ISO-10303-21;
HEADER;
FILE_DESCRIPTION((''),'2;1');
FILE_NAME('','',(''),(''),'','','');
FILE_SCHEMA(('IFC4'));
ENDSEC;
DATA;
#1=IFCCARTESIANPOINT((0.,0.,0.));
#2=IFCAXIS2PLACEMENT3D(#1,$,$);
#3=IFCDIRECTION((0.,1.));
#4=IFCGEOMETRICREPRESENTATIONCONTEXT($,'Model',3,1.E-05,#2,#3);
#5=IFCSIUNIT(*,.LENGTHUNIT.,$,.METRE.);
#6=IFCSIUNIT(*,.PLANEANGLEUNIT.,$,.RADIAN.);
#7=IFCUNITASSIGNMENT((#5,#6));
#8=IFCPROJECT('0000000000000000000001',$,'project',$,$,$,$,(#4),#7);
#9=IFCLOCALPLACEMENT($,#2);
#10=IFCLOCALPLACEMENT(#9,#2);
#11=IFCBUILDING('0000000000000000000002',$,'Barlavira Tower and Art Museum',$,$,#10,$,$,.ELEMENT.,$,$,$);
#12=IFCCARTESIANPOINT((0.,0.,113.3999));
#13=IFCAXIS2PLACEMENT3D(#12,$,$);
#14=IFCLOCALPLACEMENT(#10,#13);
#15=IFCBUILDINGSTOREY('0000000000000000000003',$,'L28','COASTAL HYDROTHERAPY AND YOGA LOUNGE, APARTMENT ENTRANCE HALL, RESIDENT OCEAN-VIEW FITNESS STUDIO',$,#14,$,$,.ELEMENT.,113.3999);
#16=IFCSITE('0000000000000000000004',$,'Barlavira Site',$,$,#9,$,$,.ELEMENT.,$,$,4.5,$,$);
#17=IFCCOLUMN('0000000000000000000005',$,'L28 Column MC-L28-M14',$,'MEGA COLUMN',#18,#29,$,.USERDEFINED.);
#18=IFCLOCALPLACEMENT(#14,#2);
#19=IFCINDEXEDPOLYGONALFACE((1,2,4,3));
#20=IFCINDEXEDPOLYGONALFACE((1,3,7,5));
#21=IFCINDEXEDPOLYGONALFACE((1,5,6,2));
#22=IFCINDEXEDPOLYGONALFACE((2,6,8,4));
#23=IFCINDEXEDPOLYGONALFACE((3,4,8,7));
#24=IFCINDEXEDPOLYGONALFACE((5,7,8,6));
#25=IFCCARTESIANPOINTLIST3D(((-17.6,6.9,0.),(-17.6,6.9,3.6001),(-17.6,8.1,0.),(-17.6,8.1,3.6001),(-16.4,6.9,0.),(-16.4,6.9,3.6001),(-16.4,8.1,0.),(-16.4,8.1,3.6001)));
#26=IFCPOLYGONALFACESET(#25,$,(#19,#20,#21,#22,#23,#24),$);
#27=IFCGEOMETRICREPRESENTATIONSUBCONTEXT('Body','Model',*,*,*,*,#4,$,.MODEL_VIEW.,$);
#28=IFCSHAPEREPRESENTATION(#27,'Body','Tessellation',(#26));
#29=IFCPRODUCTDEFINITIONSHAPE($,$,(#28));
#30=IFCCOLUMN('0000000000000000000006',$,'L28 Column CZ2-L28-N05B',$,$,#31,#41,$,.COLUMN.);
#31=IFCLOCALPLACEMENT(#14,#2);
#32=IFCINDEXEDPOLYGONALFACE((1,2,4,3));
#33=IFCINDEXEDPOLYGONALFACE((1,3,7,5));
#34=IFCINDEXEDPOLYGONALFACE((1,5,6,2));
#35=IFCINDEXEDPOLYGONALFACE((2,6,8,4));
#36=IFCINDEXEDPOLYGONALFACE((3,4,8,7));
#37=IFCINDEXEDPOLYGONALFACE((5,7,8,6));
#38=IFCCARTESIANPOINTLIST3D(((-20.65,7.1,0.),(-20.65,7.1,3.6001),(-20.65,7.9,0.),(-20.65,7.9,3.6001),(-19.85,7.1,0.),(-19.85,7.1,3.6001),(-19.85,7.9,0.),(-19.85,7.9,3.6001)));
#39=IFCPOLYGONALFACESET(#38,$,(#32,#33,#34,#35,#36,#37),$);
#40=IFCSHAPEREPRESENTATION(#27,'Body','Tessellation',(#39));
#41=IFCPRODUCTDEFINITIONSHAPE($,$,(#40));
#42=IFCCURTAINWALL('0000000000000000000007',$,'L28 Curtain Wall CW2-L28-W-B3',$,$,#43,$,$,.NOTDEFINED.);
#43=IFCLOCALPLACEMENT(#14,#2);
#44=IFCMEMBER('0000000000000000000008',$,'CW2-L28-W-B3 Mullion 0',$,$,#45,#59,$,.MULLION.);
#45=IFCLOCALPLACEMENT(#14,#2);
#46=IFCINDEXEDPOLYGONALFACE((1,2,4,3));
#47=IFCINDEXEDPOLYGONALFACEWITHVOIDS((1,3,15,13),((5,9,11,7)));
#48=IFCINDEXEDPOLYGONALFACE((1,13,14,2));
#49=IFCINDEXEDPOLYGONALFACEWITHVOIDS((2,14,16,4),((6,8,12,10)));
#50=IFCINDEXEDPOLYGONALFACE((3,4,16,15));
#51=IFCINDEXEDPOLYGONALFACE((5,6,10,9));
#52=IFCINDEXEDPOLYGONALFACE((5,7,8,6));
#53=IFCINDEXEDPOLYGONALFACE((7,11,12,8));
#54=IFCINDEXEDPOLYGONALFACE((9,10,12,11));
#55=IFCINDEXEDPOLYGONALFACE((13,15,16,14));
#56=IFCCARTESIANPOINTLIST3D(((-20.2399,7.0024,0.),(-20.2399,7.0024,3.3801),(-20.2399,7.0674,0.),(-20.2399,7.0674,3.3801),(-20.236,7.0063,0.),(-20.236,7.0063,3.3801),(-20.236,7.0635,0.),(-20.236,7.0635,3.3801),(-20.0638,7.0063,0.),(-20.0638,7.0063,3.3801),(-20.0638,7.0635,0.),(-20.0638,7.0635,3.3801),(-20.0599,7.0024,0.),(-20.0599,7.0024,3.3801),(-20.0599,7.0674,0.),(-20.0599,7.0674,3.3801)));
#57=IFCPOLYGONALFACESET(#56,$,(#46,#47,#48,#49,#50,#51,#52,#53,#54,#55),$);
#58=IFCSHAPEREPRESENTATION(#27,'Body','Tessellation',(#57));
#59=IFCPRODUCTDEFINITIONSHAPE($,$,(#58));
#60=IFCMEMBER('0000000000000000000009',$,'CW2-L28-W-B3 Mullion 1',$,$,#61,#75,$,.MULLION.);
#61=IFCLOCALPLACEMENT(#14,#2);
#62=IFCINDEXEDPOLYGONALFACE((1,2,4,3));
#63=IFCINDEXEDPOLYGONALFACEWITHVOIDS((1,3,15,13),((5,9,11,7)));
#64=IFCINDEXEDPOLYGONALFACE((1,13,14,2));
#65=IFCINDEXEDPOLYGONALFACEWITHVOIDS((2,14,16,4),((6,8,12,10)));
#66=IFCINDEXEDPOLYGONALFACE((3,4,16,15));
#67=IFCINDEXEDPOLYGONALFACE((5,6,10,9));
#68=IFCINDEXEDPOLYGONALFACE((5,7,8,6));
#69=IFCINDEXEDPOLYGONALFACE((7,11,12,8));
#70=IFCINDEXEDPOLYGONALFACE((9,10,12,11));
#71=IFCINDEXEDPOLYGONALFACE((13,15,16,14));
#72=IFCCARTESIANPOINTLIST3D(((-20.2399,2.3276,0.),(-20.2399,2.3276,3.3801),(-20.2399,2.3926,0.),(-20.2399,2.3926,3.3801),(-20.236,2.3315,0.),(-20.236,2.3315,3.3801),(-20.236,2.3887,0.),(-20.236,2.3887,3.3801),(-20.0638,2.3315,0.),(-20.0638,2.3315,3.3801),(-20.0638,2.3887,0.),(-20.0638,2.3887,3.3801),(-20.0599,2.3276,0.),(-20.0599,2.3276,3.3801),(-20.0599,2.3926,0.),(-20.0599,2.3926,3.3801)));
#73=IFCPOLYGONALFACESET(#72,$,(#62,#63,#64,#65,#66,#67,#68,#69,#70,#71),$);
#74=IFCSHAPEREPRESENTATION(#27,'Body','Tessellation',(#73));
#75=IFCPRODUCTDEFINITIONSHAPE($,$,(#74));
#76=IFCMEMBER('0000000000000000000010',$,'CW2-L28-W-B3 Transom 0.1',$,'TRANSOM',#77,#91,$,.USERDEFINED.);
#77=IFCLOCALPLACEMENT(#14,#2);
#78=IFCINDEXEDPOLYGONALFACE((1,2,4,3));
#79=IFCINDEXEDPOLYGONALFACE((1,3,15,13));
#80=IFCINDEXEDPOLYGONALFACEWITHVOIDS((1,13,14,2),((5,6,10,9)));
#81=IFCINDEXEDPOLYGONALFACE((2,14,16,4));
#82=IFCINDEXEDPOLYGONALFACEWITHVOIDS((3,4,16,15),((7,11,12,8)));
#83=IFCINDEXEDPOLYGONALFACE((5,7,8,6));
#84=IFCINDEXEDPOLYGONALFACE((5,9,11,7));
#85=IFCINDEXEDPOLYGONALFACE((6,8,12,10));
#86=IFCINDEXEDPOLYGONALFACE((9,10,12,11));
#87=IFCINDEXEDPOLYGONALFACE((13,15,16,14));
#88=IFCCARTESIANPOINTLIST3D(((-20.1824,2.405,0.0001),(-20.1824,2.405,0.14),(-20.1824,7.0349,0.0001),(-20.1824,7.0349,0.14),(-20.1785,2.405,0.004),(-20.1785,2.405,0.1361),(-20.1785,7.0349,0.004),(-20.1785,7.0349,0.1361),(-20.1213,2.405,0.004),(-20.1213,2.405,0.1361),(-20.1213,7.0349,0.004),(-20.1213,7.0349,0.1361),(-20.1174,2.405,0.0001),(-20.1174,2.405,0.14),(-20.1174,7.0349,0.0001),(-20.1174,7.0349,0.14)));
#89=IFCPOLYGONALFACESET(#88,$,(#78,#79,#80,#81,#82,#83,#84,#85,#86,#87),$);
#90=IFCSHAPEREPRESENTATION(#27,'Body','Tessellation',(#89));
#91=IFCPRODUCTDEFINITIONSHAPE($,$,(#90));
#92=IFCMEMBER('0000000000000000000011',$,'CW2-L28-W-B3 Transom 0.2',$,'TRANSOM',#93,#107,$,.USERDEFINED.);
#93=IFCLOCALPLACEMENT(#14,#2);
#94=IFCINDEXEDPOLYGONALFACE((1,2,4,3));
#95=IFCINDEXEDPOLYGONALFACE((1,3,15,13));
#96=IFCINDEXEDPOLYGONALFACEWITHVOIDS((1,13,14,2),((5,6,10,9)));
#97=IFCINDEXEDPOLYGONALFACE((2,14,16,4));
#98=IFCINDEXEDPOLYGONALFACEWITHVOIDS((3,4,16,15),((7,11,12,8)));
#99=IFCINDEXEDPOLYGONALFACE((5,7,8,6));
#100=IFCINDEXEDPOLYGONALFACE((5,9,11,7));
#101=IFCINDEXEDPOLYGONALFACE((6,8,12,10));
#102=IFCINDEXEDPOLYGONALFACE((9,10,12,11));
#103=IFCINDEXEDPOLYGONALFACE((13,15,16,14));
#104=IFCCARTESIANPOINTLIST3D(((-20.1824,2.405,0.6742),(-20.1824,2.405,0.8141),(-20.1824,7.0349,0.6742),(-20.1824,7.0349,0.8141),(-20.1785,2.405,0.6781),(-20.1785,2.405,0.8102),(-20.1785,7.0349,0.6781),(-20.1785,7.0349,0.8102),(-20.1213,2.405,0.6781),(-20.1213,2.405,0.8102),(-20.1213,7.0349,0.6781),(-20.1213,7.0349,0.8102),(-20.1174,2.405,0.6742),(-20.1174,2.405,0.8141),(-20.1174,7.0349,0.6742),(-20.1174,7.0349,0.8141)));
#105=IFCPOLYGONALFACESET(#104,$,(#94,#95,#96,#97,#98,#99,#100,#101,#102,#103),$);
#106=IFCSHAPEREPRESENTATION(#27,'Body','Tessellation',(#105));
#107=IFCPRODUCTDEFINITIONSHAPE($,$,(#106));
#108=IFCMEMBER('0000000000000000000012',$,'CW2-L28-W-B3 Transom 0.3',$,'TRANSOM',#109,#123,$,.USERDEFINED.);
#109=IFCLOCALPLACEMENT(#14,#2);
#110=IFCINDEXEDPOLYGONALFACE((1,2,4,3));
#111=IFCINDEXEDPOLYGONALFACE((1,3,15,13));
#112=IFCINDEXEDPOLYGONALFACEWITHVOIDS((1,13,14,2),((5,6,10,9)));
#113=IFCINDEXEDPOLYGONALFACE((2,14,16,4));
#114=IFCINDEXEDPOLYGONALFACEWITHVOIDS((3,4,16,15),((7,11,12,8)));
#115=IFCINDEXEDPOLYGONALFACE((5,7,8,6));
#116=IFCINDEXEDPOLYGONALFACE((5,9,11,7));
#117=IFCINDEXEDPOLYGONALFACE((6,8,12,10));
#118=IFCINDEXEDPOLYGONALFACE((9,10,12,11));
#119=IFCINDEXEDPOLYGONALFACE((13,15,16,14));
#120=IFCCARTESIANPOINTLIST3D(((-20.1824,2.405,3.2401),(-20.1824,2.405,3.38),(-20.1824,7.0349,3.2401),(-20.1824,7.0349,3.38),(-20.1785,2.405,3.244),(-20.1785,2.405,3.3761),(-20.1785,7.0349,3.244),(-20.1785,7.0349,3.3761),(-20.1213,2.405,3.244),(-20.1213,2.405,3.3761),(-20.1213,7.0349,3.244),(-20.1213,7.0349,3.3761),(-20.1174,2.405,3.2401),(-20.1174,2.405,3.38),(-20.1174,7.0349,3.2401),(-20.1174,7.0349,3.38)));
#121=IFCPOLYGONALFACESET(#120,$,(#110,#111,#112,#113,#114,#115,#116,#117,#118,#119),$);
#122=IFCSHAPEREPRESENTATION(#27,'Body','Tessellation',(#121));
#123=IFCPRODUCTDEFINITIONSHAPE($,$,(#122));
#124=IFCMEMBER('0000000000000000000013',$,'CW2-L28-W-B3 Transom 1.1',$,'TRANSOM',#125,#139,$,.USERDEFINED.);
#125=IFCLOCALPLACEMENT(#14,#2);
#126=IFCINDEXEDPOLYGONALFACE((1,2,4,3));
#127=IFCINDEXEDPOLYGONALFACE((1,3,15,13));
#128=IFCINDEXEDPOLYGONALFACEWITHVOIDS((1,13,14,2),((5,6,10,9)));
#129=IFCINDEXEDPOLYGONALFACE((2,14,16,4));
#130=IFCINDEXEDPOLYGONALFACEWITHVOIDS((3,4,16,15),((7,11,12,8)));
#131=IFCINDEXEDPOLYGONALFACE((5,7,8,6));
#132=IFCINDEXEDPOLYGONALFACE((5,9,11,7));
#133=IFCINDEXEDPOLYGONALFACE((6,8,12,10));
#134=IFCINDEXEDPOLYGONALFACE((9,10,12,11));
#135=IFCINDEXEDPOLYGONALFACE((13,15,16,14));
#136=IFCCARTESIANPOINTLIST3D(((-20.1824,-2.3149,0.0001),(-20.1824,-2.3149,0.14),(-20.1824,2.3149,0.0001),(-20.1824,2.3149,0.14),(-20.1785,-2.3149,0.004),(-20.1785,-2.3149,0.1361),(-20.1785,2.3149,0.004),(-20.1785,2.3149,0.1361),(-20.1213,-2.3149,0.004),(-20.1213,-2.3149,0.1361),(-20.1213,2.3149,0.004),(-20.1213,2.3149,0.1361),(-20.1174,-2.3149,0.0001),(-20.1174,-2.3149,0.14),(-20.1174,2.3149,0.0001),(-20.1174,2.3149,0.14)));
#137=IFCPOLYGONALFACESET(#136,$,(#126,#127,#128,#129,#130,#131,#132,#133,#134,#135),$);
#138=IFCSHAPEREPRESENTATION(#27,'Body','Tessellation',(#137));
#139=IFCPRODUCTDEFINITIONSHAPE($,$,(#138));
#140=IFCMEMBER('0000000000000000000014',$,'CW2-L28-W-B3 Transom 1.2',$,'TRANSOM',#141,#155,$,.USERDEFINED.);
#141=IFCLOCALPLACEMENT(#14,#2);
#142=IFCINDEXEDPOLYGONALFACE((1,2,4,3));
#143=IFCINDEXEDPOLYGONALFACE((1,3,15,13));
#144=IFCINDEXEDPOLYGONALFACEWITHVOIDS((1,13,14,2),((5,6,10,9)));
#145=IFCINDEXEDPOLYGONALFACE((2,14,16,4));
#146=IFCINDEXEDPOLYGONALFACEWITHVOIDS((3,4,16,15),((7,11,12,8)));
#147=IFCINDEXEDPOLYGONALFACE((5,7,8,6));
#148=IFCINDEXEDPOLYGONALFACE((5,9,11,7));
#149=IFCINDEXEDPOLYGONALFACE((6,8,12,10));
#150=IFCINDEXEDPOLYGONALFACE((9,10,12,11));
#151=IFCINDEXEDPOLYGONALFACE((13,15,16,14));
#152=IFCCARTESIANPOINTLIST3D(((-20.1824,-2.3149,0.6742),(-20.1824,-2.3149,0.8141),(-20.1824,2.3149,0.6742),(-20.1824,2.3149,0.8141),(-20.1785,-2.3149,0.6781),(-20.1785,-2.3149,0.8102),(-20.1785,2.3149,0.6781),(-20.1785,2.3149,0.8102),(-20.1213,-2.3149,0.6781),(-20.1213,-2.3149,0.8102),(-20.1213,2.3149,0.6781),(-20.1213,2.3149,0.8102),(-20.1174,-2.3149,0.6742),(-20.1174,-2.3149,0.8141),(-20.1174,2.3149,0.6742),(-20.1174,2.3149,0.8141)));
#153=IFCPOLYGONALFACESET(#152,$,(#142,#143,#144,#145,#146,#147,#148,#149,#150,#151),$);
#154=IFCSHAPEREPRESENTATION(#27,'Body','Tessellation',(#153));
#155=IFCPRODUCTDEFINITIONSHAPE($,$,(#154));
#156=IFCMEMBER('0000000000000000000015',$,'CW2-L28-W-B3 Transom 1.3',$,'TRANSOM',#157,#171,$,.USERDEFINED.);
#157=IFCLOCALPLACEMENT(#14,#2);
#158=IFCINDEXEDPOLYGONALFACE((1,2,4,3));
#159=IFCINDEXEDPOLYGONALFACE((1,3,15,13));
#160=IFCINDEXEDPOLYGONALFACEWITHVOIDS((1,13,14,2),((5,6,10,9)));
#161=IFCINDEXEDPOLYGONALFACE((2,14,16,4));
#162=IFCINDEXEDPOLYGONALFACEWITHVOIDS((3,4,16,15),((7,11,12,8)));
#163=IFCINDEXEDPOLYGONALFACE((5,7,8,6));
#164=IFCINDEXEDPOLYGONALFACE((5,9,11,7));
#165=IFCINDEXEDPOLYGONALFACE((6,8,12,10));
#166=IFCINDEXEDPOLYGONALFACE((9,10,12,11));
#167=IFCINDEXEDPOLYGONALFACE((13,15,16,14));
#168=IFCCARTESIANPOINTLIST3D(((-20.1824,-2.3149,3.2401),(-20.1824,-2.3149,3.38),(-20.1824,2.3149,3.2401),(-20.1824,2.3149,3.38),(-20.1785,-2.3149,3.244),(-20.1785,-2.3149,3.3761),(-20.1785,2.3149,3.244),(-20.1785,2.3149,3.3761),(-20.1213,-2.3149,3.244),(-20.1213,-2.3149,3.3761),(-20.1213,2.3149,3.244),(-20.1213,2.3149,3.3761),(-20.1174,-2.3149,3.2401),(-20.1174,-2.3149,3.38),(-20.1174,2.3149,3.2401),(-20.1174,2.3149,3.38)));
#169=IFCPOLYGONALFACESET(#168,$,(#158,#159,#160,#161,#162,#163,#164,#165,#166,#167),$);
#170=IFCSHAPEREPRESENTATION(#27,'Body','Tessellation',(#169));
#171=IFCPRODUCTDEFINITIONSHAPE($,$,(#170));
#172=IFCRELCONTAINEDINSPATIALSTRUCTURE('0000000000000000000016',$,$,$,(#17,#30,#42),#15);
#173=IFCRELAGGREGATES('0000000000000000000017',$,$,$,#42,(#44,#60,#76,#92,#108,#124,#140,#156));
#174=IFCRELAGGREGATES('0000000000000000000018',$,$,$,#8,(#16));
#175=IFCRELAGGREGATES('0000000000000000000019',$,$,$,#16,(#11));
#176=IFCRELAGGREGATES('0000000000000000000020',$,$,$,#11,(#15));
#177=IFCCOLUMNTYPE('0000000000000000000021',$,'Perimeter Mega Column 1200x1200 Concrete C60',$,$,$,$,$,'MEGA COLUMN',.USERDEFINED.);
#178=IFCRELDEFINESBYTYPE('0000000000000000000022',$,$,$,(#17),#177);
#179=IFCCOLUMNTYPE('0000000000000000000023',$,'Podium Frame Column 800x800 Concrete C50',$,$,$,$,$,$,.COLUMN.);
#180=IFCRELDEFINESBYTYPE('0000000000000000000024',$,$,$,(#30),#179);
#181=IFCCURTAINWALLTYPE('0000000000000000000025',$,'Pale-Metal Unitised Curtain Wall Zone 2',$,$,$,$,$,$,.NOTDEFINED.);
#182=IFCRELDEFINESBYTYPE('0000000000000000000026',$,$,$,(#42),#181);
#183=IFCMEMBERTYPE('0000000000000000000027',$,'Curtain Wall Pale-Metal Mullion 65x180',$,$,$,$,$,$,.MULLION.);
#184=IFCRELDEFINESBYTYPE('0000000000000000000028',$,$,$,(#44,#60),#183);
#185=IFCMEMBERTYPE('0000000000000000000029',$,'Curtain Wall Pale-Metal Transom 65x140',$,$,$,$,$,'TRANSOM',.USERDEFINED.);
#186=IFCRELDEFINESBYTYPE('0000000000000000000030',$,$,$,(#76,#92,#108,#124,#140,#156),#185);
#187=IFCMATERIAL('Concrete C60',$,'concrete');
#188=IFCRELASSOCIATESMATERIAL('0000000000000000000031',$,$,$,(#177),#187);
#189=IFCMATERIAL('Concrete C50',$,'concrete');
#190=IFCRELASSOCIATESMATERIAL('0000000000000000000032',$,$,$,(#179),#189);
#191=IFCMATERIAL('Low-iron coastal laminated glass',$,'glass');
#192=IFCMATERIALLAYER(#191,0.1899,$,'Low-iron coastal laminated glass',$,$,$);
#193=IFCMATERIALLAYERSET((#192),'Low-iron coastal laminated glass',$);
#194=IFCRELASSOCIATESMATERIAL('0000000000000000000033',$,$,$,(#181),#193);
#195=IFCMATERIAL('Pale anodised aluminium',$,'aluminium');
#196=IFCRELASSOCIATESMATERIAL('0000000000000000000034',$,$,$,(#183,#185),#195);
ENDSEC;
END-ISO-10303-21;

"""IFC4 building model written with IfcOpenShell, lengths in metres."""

from ifc_helpers import new_model, si_unit, direction, frame, origin, origin_2d, place, context, subcontext, project, spatial, rectangle, hollow_rectangle, extrude, material, layer, layer_set, material_profile, profile_set, type_object, element, aggregate, save


model = new_model("IFC4")

# Units and contexts
model_context = context("Model", 3, precision=1e-05, world=origin(), true_north=direction((0.0, 1.0)))
body_context = subcontext(model_context, "Body", "Model", "MODEL_VIEW")
ifc_project = project(units=[si_unit("LENGTHUNIT", "METRE"), si_unit("PLANEANGLEUNIT", "RADIAN")], contexts=[model_context])

# Site, building, storey
site_placement = place(None, origin())
site = spatial("IfcSite", under=ifc_project, at=site_placement, Name="Barlavira Site", CompositionType="ELEMENT", RefElevation=4.5)
building_placement = place(site_placement, origin())
building = spatial("IfcBuilding", under=site, at=building_placement, Name="Barlavira Tower and Art Museum", CompositionType="ELEMENT")
storey_placement = place(building_placement, frame((0.0, 0.0, 113.3999)))
storey = spatial("IfcBuildingStorey", under=building, at=storey_placement, Name="L28", Description="COASTAL HYDROTHERAPY AND YOGA LOUNGE, APARTMENT ENTRANCE HALL, RESIDENT OCEAN-VIEW FITNESS STUDIO", CompositionType="ELEMENT", Elevation=113.3999)

# Columns
ifc_material_1 = material(Name="Concrete C60", Category="concrete")
ifc_material_profile_1 = material_profile(ifc_material_1, rectangle(XDim=1.2, YDim=1.2, at=origin_2d()), Name="RC-COL 1200x1200")
ifc_profile_set_1 = profile_set([ifc_material_profile_1], Name="Concrete C60")
column_type_1 = type_object("IfcColumnType", Name="Perimeter Mega Column 1200x1200 Concrete C60", ElementType="MEGA COLUMN", PredefinedType="USERDEFINED", material=ifc_profile_set_1)
column_1_placement = place(storey_placement, frame((-17.0, 7.5, 0.0), z_axis=(0.0, 0.0, 1.0), x_axis=(1.0, 0.0, 0.0)))
element("IfcColumn", 1, at=column_1_placement, inside=storey, type_object=column_type_1, Name="L28 Column MC-L28-M14", ObjectType="MEGA COLUMN", PredefinedType="USERDEFINED", context=body_context, shape_type="SweptSolid", body=[
    extrude(rectangle(XDim=1.2, YDim=1.2, at=origin_2d()), origin(), (0.0, 0.0, 1.0), 3.6001),
])
ifc_material_2 = material(Name="Concrete C50", Category="concrete")
ifc_material_profile_2 = material_profile(ifc_material_2, rectangle(XDim=0.8, YDim=0.8, at=origin_2d()), Name="RC-COL 800x800")
ifc_profile_set_2 = profile_set([ifc_material_profile_2], Name="Concrete C50")
column_type_2 = type_object("IfcColumnType", Name="Podium Frame Column 800x800 Concrete C50", PredefinedType="COLUMN", material=ifc_profile_set_2)
column_2_placement = place(storey_placement, frame((-20.25, 7.5, 0.0), z_axis=(0.0, 0.0, 1.0), x_axis=(1.0, 0.0, 0.0)))
element("IfcColumn", 2, at=column_2_placement, inside=storey, type_object=column_type_2, Name="L28 Column CZ2-L28-N05B", PredefinedType="COLUMN", context=body_context, shape_type="SweptSolid", body=[
    extrude(rectangle(XDim=0.8, YDim=0.8, at=origin_2d()), origin(), (0.0, 0.0, 1.0), 3.6001),
])

# Curtain wall, members
ifc_material_3 = material(Name="Low-iron coastal laminated glass", Category="glass")
ifc_layer_1 = layer(ifc_material_3, 0.1899, Name="Low-iron coastal laminated glass")
ifc_layer_set_1 = layer_set([ifc_layer_1], Name="Low-iron coastal laminated glass")
curtain_wall_type = type_object("IfcCurtainWallType", Name="Pale-Metal Unitised Curtain Wall Zone 2", PredefinedType="NOTDEFINED", material=ifc_layer_set_1)
curtain_wall_placement = place(storey_placement, origin())
curtain_wall = element("IfcCurtainWall", 3, at=curtain_wall_placement, inside=storey, type_object=curtain_wall_type, Name="L28 Curtain Wall CW2-L28-W-B3", PredefinedType="NOTDEFINED")
ifc_material_4 = material(Name="Pale anodised aluminium", Category="aluminium")
ifc_material_profile_3 = material_profile(ifc_material_4, hollow_rectangle(XDim=0.0649, YDim=0.1799, WallThickness=0.0039, at=origin_2d()), Name="ALU-MULL 65x180x4")
ifc_profile_set_3 = profile_set([ifc_material_profile_3], Name="Pale anodised aluminium")
member_type_1 = type_object("IfcMemberType", Name="Curtain Wall Pale-Metal Mullion 65x180", PredefinedType="MULLION", material=ifc_profile_set_3)
member_1_placement = place(storey_placement, frame((-20.1499, 7.0349, 0.0), z_axis=(0.0, 0.0, 1.0), x_axis=(0.0, -1.0, 0.0)))
member_1 = element("IfcMember", 4, at=member_1_placement, type_object=member_type_1, Name="CW2-L28-W-B3 Mullion 0", PredefinedType="MULLION", context=body_context, shape_type="SweptSolid", body=[
    extrude(hollow_rectangle(XDim=0.0649, YDim=0.1799, WallThickness=0.0039, at=origin_2d()), origin(), (0.0, 0.0, 1.0), 3.3801),
])
member_2_placement = place(storey_placement, frame((-20.1499, 2.3601, 0.0), z_axis=(0.0, 0.0, 1.0), x_axis=(0.0, -1.0, 0.0)))
member_2 = element("IfcMember", 5, at=member_2_placement, type_object=member_type_1, Name="CW2-L28-W-B3 Mullion 1", PredefinedType="MULLION", context=body_context, shape_type="SweptSolid", body=[
    extrude(hollow_rectangle(XDim=0.0649, YDim=0.1799, WallThickness=0.0039, at=origin_2d()), origin(), (0.0, 0.0, 1.0), 3.3801),
])
ifc_material_profile_4 = material_profile(ifc_material_4, hollow_rectangle(XDim=0.0649, YDim=0.1399, WallThickness=0.0039, at=origin_2d()), Name="ALU-TRAN 65x140x4")
ifc_profile_set_4 = profile_set([ifc_material_profile_4], Name="Pale anodised aluminium")
member_type_2 = type_object("IfcMemberType", Name="Curtain Wall Pale-Metal Transom 65x140", ElementType="TRANSOM", PredefinedType="USERDEFINED", material=ifc_profile_set_4)
member_3_placement = place(storey_placement, frame((-20.1499, 7.0349, 0.0701), z_axis=(0.0, -1.0, 0.0), x_axis=(1.0, 0.0, 0.0)))
member_3 = element("IfcMember", 6, at=member_3_placement, type_object=member_type_2, Name="CW2-L28-W-B3 Transom 0.1", ObjectType="TRANSOM", PredefinedType="USERDEFINED", context=body_context, shape_type="SweptSolid", body=[
    extrude(hollow_rectangle(XDim=0.0649, YDim=0.1399, WallThickness=0.0039, at=origin_2d()), origin(), (0.0, 0.0, 1.0), 4.6299),
])
member_4_placement = place(storey_placement, frame((-20.1499, 7.0349, 0.7441), z_axis=(0.0, -1.0, 0.0), x_axis=(1.0, 0.0, 0.0)))
member_4 = element("IfcMember", 7, at=member_4_placement, type_object=member_type_2, Name="CW2-L28-W-B3 Transom 0.2", ObjectType="TRANSOM", PredefinedType="USERDEFINED", context=body_context, shape_type="SweptSolid", body=[
    extrude(hollow_rectangle(XDim=0.0649, YDim=0.1399, WallThickness=0.0039, at=origin_2d()), origin(), (0.0, 0.0, 1.0), 4.6299),
])
member_5_placement = place(storey_placement, frame((-20.1499, 7.0349, 3.3101), z_axis=(0.0, -1.0, 0.0), x_axis=(1.0, 0.0, 0.0)))
member_5 = element("IfcMember", 8, at=member_5_placement, type_object=member_type_2, Name="CW2-L28-W-B3 Transom 0.3", ObjectType="TRANSOM", PredefinedType="USERDEFINED", context=body_context, shape_type="SweptSolid", body=[
    extrude(hollow_rectangle(XDim=0.0649, YDim=0.1399, WallThickness=0.0039, at=origin_2d()), origin(), (0.0, 0.0, 1.0), 4.6299),
])
member_6_placement = place(storey_placement, frame((-20.1499, 2.3149, 0.0701), z_axis=(0.0, -1.0, 0.0), x_axis=(1.0, 0.0, 0.0)))
member_6 = element("IfcMember", 9, at=member_6_placement, type_object=member_type_2, Name="CW2-L28-W-B3 Transom 1.1", ObjectType="TRANSOM", PredefinedType="USERDEFINED", context=body_context, shape_type="SweptSolid", body=[
    extrude(hollow_rectangle(XDim=0.0649, YDim=0.1399, WallThickness=0.0039, at=origin_2d()), origin(), (0.0, 0.0, 1.0), 4.6299),
])
member_7_placement = place(storey_placement, frame((-20.1499, 2.3149, 0.7441), z_axis=(0.0, -1.0, 0.0), x_axis=(1.0, 0.0, 0.0)))
member_7 = element("IfcMember", 10, at=member_7_placement, type_object=member_type_2, Name="CW2-L28-W-B3 Transom 1.2", ObjectType="TRANSOM", PredefinedType="USERDEFINED", context=body_context, shape_type="SweptSolid", body=[
    extrude(hollow_rectangle(XDim=0.0649, YDim=0.1399, WallThickness=0.0039, at=origin_2d()), origin(), (0.0, 0.0, 1.0), 4.6299),
])
member_8_placement = place(storey_placement, frame((-20.1499, 2.3149, 3.3101), z_axis=(0.0, -1.0, 0.0), x_axis=(1.0, 0.0, 0.0)))
member_8 = element("IfcMember", 11, at=member_8_placement, type_object=member_type_2, Name="CW2-L28-W-B3 Transom 1.3", ObjectType="TRANSOM", PredefinedType="USERDEFINED", context=body_context, shape_type="SweptSolid", body=[
    extrude(hollow_rectangle(XDim=0.0649, YDim=0.1399, WallThickness=0.0039, at=origin_2d()), origin(), (0.0, 0.0, 1.0), 4.6299),
])

aggregate(curtain_wall, [member_1, member_2, member_3, member_4, member_5, member_6, member_7, member_8])

save(model, "model.ifc")
